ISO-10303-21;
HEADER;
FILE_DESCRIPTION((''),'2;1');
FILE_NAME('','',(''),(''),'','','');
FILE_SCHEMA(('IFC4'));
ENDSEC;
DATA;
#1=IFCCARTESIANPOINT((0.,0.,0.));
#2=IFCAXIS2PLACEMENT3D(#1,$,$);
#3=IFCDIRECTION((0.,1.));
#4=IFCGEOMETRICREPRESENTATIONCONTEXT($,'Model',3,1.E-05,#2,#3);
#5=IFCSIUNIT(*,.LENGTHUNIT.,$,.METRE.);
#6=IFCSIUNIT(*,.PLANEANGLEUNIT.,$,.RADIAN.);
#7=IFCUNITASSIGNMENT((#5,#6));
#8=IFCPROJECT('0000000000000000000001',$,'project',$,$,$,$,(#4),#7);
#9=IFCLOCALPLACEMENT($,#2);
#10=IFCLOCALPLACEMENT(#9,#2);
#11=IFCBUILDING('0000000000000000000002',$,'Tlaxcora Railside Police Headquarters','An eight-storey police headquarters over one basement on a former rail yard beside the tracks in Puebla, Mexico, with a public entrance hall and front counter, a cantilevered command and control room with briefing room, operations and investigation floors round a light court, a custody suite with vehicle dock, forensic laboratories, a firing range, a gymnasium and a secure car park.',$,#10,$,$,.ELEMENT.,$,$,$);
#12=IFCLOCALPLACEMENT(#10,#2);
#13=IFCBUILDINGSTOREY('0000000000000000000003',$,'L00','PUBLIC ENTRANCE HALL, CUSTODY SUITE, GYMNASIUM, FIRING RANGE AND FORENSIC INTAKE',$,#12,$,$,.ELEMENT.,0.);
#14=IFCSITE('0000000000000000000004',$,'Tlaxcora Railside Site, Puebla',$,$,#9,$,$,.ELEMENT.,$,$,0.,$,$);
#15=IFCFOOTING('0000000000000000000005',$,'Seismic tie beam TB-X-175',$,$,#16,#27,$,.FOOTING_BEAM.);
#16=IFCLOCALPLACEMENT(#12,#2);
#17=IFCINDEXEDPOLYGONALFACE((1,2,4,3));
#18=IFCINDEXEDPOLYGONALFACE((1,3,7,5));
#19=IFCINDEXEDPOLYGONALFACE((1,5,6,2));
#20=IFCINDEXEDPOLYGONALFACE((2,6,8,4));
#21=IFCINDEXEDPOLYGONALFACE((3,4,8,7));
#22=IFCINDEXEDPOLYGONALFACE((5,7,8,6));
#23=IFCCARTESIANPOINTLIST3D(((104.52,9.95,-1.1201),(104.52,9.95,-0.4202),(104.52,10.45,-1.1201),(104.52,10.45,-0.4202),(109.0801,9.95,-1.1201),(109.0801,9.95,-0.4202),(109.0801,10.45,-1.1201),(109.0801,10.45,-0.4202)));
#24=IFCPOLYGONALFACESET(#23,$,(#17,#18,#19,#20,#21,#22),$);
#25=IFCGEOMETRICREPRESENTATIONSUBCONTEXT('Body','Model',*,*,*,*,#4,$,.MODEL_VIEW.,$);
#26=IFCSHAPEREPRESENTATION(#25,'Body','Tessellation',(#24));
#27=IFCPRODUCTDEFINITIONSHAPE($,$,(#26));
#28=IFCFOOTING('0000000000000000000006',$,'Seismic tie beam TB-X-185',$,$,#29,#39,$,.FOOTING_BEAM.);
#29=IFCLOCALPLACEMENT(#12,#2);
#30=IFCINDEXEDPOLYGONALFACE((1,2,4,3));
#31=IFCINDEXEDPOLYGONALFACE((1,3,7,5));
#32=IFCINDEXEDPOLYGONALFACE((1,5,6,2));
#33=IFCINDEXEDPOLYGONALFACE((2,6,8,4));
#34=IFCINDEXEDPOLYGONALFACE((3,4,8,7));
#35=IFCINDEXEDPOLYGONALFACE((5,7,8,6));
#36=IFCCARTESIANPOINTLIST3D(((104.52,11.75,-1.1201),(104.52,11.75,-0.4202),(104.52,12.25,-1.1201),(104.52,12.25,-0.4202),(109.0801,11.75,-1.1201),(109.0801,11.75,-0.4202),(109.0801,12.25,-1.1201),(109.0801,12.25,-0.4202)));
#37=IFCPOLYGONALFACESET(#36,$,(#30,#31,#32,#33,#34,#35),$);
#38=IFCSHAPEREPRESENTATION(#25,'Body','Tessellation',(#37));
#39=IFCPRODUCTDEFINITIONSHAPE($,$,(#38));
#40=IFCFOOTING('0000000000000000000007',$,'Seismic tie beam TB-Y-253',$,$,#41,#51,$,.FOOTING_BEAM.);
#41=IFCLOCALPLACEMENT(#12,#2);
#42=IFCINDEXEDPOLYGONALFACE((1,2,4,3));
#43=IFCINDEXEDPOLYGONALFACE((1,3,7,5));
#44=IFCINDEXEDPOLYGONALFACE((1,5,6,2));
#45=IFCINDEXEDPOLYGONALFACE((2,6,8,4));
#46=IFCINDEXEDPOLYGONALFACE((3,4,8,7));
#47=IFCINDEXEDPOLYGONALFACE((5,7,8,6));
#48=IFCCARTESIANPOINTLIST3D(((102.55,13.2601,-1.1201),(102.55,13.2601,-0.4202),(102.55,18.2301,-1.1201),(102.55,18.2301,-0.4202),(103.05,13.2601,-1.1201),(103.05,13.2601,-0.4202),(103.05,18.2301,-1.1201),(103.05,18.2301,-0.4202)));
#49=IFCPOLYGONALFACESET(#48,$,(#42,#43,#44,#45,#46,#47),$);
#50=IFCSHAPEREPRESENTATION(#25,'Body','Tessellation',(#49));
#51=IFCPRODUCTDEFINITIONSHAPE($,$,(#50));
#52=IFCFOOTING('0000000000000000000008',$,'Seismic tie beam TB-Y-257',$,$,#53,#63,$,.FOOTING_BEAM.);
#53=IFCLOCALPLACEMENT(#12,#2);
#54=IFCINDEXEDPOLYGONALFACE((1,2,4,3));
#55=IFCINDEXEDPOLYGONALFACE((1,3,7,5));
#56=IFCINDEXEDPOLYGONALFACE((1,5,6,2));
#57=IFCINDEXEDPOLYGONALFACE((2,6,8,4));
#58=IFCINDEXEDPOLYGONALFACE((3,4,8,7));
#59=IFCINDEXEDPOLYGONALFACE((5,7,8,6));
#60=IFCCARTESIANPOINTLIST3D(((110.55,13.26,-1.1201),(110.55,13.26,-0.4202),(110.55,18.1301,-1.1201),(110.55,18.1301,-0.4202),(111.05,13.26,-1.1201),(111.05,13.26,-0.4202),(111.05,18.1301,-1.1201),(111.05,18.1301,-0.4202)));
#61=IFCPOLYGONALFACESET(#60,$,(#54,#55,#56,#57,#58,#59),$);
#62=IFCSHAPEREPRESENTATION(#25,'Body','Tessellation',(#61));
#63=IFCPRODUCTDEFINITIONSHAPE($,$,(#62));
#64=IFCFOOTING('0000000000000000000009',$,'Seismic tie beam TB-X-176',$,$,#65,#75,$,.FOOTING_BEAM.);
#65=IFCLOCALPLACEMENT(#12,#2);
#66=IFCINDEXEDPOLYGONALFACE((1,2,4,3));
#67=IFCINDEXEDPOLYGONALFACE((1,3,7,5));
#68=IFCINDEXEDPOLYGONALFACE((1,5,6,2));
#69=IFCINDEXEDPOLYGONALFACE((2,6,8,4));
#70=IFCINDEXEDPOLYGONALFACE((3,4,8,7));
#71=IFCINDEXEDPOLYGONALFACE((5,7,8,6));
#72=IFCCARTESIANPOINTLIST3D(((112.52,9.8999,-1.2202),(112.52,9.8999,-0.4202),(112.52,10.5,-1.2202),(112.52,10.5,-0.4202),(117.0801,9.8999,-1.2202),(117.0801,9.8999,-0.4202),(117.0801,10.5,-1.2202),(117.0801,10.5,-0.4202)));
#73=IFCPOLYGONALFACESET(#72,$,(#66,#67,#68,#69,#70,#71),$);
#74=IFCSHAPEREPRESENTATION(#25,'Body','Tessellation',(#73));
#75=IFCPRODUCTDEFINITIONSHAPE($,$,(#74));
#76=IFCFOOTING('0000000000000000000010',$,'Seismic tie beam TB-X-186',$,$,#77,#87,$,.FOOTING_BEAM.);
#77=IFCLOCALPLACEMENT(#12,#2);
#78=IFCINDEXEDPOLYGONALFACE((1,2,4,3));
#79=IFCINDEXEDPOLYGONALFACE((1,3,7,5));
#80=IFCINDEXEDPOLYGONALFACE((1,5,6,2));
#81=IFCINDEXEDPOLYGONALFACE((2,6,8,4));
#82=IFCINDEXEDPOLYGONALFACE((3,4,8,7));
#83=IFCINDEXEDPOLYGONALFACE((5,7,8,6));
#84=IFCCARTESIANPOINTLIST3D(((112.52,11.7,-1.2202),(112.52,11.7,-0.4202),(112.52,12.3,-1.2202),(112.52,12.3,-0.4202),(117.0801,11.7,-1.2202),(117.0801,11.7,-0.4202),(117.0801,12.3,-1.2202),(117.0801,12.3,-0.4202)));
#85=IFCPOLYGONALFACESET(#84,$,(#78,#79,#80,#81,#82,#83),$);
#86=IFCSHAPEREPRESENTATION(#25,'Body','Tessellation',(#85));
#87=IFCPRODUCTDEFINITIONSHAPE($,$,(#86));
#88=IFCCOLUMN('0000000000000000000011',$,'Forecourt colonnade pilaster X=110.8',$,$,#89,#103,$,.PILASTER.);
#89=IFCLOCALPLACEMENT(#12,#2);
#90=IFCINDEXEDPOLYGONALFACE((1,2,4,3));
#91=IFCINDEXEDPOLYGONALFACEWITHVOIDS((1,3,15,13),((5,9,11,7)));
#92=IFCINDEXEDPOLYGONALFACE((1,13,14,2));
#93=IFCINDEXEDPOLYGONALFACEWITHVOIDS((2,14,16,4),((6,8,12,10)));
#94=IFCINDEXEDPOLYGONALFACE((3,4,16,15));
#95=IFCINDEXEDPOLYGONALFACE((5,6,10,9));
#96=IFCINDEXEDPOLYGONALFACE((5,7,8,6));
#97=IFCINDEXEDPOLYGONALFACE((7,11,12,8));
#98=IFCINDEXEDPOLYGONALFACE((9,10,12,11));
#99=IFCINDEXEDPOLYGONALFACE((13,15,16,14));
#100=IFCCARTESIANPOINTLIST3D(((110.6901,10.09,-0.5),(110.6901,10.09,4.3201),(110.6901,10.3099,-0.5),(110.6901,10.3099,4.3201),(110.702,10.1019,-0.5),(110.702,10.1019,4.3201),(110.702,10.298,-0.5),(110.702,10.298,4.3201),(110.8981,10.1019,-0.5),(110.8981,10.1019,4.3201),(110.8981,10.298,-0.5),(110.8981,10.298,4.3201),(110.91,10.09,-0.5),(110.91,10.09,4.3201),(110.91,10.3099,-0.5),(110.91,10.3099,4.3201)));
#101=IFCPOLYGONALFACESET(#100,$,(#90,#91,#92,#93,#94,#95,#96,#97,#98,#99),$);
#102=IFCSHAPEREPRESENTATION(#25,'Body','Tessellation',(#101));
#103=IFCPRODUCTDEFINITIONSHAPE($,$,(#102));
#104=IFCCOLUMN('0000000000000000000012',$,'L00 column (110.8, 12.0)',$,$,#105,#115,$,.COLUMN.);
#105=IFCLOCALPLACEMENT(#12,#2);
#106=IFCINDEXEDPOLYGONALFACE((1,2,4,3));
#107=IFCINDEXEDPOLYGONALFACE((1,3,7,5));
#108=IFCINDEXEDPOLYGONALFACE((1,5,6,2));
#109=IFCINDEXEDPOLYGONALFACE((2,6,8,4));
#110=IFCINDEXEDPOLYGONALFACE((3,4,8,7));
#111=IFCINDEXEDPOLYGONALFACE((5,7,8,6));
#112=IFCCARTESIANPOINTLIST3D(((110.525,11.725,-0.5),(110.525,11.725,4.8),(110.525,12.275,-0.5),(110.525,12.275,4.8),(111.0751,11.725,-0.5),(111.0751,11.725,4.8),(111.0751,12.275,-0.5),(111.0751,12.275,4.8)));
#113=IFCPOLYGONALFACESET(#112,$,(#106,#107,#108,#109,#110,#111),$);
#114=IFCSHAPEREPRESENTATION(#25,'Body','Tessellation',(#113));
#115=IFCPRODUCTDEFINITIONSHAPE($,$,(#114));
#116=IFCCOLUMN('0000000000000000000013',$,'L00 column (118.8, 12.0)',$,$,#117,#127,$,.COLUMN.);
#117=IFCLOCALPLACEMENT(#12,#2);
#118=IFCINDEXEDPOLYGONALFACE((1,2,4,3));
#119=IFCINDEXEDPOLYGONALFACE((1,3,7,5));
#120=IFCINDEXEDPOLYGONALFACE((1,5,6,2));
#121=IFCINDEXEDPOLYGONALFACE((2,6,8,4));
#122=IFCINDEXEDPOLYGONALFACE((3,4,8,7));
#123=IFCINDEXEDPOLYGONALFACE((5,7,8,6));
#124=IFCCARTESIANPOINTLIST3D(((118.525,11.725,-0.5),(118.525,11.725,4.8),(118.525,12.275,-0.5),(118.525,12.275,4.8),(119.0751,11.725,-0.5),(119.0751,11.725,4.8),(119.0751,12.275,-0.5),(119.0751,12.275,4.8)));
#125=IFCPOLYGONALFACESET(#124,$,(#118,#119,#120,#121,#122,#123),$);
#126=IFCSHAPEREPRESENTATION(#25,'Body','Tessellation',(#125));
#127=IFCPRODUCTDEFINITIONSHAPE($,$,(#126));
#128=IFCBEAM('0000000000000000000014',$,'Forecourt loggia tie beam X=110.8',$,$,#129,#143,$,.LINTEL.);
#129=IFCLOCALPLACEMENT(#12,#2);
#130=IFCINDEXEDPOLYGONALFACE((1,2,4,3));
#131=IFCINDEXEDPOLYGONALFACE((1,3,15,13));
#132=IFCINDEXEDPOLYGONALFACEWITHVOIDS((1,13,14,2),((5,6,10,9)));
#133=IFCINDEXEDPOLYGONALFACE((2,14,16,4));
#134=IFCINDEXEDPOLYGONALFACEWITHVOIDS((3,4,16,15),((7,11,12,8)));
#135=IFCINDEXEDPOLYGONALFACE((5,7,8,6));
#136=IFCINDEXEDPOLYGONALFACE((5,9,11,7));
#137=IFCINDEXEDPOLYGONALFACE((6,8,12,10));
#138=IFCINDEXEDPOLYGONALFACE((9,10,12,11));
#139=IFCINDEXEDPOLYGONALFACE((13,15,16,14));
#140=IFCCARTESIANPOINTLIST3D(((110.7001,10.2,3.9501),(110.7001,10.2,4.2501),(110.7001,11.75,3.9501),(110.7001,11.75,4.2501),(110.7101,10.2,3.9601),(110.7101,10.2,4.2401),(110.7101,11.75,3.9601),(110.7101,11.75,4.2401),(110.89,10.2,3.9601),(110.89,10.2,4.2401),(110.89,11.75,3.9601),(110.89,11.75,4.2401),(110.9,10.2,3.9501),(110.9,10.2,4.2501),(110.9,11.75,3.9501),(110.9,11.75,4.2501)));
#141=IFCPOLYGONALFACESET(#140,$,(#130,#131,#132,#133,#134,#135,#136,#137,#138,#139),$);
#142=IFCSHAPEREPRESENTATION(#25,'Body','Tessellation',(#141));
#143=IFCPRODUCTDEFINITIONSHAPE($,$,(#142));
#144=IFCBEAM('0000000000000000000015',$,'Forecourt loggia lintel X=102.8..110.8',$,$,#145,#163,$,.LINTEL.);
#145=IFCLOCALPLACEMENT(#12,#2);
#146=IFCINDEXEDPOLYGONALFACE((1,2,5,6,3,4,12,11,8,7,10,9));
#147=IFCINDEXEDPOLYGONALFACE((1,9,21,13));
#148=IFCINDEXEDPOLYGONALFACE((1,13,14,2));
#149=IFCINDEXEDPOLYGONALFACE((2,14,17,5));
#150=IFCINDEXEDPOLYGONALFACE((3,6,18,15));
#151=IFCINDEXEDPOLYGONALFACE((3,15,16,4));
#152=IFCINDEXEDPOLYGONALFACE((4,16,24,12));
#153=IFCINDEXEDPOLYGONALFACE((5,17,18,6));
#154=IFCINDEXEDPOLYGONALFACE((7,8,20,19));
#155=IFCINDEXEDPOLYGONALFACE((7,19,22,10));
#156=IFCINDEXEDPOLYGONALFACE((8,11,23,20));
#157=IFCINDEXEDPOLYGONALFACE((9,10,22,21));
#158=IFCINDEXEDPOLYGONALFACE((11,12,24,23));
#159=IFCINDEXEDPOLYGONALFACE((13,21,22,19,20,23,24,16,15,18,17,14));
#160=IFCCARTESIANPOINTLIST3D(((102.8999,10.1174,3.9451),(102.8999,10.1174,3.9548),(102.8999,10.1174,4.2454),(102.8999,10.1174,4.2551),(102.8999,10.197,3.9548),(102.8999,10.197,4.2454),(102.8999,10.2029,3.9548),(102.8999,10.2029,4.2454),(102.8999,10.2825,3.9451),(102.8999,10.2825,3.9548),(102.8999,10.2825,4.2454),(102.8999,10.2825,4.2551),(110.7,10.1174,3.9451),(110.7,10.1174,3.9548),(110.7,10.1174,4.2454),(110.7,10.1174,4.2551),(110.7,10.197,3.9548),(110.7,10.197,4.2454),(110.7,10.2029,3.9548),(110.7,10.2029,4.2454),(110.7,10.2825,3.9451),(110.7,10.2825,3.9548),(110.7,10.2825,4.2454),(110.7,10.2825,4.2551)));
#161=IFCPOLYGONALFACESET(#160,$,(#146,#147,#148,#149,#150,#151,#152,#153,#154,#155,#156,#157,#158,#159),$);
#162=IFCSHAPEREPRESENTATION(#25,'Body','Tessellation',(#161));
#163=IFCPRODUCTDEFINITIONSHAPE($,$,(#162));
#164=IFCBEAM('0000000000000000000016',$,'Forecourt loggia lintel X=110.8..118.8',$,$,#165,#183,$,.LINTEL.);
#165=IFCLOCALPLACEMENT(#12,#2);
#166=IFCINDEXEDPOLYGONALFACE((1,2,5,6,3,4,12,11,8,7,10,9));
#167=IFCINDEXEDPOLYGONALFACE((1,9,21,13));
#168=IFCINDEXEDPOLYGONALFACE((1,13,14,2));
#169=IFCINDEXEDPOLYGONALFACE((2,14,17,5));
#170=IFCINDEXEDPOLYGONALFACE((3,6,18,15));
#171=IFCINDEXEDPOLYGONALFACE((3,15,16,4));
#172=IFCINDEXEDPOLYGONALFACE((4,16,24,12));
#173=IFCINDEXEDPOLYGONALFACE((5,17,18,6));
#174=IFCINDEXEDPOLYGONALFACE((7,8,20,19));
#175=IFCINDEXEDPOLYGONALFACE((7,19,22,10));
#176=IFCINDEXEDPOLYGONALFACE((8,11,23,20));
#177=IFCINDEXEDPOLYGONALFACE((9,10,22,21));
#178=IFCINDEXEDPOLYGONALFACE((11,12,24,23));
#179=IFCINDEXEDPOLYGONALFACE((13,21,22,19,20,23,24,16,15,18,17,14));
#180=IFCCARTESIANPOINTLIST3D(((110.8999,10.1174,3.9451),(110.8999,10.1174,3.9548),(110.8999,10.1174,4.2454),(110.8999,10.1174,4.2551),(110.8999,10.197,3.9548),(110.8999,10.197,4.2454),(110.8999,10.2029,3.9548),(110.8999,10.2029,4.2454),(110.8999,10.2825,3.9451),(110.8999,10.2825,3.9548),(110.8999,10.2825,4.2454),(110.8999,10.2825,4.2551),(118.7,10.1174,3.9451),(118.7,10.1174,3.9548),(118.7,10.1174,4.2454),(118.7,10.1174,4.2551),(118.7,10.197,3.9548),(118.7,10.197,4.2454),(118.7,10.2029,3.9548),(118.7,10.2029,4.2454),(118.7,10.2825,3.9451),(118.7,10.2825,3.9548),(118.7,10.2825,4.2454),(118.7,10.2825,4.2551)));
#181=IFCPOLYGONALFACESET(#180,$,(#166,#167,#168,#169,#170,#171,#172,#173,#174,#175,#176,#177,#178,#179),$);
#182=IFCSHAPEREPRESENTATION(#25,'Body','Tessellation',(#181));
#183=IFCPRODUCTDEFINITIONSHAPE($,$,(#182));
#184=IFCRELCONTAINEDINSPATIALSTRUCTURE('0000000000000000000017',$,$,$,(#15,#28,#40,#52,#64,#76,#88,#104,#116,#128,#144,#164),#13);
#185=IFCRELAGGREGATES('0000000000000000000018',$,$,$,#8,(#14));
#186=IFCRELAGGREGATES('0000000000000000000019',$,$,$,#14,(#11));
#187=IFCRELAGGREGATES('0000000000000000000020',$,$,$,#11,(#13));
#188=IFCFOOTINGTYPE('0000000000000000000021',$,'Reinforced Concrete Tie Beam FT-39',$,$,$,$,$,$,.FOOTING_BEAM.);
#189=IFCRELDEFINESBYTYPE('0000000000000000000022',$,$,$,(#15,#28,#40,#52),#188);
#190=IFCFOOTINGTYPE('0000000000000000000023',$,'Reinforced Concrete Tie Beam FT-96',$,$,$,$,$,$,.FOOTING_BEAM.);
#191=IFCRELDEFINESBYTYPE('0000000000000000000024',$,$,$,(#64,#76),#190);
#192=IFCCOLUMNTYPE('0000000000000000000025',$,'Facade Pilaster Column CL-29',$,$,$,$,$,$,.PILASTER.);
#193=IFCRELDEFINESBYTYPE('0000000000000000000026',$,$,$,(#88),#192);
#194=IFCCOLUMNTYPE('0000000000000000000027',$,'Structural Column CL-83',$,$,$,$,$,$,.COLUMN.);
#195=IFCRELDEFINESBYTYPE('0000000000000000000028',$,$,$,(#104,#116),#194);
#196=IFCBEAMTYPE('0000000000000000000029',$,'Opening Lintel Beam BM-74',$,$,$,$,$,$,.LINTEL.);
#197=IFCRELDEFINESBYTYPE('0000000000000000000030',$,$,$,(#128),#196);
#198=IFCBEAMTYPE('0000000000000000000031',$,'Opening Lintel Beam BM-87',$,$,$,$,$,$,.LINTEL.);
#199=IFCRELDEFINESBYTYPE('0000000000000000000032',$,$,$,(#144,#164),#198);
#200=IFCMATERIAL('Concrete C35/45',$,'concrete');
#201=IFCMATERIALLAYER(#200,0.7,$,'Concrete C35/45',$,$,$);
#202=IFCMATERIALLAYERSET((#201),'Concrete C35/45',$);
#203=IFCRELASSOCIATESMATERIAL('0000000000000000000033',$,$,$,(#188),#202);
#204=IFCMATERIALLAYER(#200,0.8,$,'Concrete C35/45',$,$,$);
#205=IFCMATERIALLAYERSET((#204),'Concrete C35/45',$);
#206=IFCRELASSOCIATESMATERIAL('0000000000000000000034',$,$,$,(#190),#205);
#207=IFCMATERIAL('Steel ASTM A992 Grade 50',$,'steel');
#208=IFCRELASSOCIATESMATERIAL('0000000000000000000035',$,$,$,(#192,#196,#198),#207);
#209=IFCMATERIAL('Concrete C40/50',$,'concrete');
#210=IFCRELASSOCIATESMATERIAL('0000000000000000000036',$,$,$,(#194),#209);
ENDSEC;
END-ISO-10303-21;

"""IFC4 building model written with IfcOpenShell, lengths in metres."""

from ifc_helpers import new_model, si_unit, direction, frame, origin, origin_2d, place, context, subcontext, project, spatial, rectangle, hollow_rectangle, i_section, extrude, material, layer, layer_set, material_profile, profile_set, type_object, element, save


model = new_model("IFC4")

# Units and contexts
model_context = context("Model", 3, precision=1e-05, world=origin(), true_north=direction((0.0, 1.0)))
body_context = subcontext(model_context, "Body", "Model", "MODEL_VIEW")
ifc_project = project(units=[si_unit("LENGTHUNIT", "METRE"), si_unit("PLANEANGLEUNIT", "RADIAN")], contexts=[model_context])

# Site, building, storey
site_placement = place(None, origin())
site = spatial("IfcSite", under=ifc_project, at=site_placement, Name="Tlaxcora Railside Site, Puebla", CompositionType="ELEMENT", RefElevation=0.0)
building_placement = place(site_placement, origin())
building = spatial("IfcBuilding", under=site, at=building_placement, Name="Tlaxcora Railside Police Headquarters", Description="An eight-storey police headquarters over one basement on a former rail yard beside the tracks in Puebla, Mexico, with a public entrance hall and front counter, a cantilevered command and control room with briefing room, operations and investigation floors round a light court, a custody suite with vehicle dock, forensic laboratories, a firing range, a gymnasium and a secure car park.", CompositionType="ELEMENT")
storey_placement = place(building_placement, origin())
storey = spatial("IfcBuildingStorey", under=building, at=storey_placement, Name="L00", Description="PUBLIC ENTRANCE HALL, CUSTODY SUITE, GYMNASIUM, FIRING RANGE AND FORENSIC INTAKE", CompositionType="ELEMENT", Elevation=0.0)

# Shared definitions
ifc_material_1 = material(Name="Concrete C35/45", Category="concrete")

# Footings
ifc_material_2 = material(Name="Concrete C40/50", Category="concrete")
ifc_layer_1 = layer(ifc_material_1, 0.7, Name="Concrete C35/45")
ifc_layer_set_1 = layer_set([ifc_layer_1], Name="Concrete C35/45")
footing_type_1 = type_object("IfcFootingType", Name="Reinforced Concrete Tie Beam FT-39", PredefinedType="FOOTING_BEAM", material=ifc_layer_set_1)
for number, where, z_axis, x_axis, name in (
    (1, (106.8, 10.2, -1.1201), (0.0, 0.0, 1.0), (1.0, 0.0, 0.0), "Seismic tie beam TB-X-175"),
    (2, (106.8, 12.0, -1.1201), (0.0, 0.0, 1.0), (1.0, 0.0, 0.0), "Seismic tie beam TB-X-185"),
):
    element("IfcFooting", number, at=place(storey_placement, frame(where, z_axis=z_axis, x_axis=x_axis)), inside=storey, type_object=footing_type_1, Name=name, PredefinedType="FOOTING_BEAM", context=body_context, shape_type="SweptSolid", body=[
        extrude(rectangle(XDim=4.5601, YDim=0.5, at=origin_2d()), origin(), (0.0, 0.0, 1.0), 0.7),
    ])
footing_1_placement = place(storey_placement, frame((102.8, 15.7451, -1.1201), z_axis=(0.0, 0.0, 1.0), x_axis=(0.0, 1.0, 0.0)))
element("IfcFooting", 3, at=footing_1_placement, inside=storey, type_object=footing_type_1, Name="Seismic tie beam TB-Y-253", PredefinedType="FOOTING_BEAM", context=body_context, shape_type="SweptSolid", body=[
    extrude(rectangle(XDim=4.97, YDim=0.5, at=origin_2d()), origin(), (0.0, 0.0, 1.0), 0.7),
])
footing_2_placement = place(storey_placement, frame((110.8, 15.6951, -1.1201), z_axis=(0.0, 0.0, 1.0), x_axis=(0.0, 1.0, 0.0)))
element("IfcFooting", 4, at=footing_2_placement, inside=storey, type_object=footing_type_1, Name="Seismic tie beam TB-Y-257", PredefinedType="FOOTING_BEAM", context=body_context, shape_type="SweptSolid", body=[
    extrude(rectangle(XDim=4.8701, YDim=0.5, at=origin_2d()), origin(), (0.0, 0.0, 1.0), 0.7),
])
ifc_layer_2 = layer(ifc_material_1, 0.8, Name="Concrete C35/45")
ifc_layer_set_2 = layer_set([ifc_layer_2], Name="Concrete C35/45")
footing_type_2 = type_object("IfcFootingType", Name="Reinforced Concrete Tie Beam FT-96", PredefinedType="FOOTING_BEAM", material=ifc_layer_set_2)
for number, where, z_axis, x_axis, name in (
    (5, (114.8, 10.2, -1.2202), (0.0, 0.0, 1.0), (1.0, 0.0, 0.0), "Seismic tie beam TB-X-176"),
    (6, (114.8, 12.0, -1.2202), (0.0, 0.0, 1.0), (1.0, 0.0, 0.0), "Seismic tie beam TB-X-186"),
):
    element("IfcFooting", number, at=place(storey_placement, frame(where, z_axis=z_axis, x_axis=x_axis)), inside=storey, type_object=footing_type_2, Name=name, PredefinedType="FOOTING_BEAM", context=body_context, shape_type="SweptSolid", body=[
        extrude(rectangle(XDim=4.5601, YDim=0.6001, at=origin_2d()), origin(), (0.0, 0.0, 1.0), 0.8),
    ])

# Columns
ifc_material_3 = material(Name="Steel ASTM A992 Grade 50", Category="steel")
ifc_material_profile_1 = material_profile(ifc_material_3, hollow_rectangle(XDim=0.22, YDim=0.22, WallThickness=0.012, at=origin_2d()), Name="HSS220X220X12")
ifc_profile_set_1 = profile_set([ifc_material_profile_1], Name="Steel ASTM A992 Grade 50")
column_type_1 = type_object("IfcColumnType", Name="Facade Pilaster Column CL-29", PredefinedType="PILASTER", material=ifc_profile_set_1)
column_placement = place(storey_placement, frame((110.8, 10.2, -0.5), z_axis=(0.0, 0.0, 1.0), x_axis=(1.0, 0.0, 0.0)))
element("IfcColumn", 7, at=column_placement, inside=storey, type_object=column_type_1, Name="Forecourt colonnade pilaster X=110.8", PredefinedType="PILASTER", context=body_context, shape_type="SweptSolid", body=[
    extrude(hollow_rectangle(XDim=0.22, YDim=0.22, WallThickness=0.012, at=origin_2d()), origin(), (0.0, 0.0, 1.0), 4.8201),
])
ifc_material_profile_2 = material_profile(ifc_material_2, rectangle(XDim=0.55, YDim=0.55, at=origin_2d()), Name="RC550X550")
ifc_profile_set_2 = profile_set([ifc_material_profile_2], Name="Concrete C40/50")
column_type_2 = type_object("IfcColumnType", Name="Structural Column CL-83", PredefinedType="COLUMN", material=ifc_profile_set_2)
for number, where, z_axis, x_axis, name in (
    (8, (110.8, 12.0, -0.5), (0.0, 0.0, 1.0), (1.0, 0.0, 0.0), "L00 column (110.8, 12.0)"),
    (9, (118.8, 12.0, -0.5), (0.0, 0.0, 1.0), (1.0, 0.0, 0.0), "L00 column (118.8, 12.0)"),
):
    element("IfcColumn", number, at=place(storey_placement, frame(where, z_axis=z_axis, x_axis=x_axis)), inside=storey, type_object=column_type_2, Name=name, PredefinedType="COLUMN", context=body_context, shape_type="SweptSolid", body=[
        extrude(rectangle(XDim=0.55, YDim=0.55, at=origin_2d()), origin(), (0.0, 0.0, 1.0), 5.3),
    ])

# Beams
ifc_material_profile_3 = material_profile(ifc_material_3, hollow_rectangle(XDim=0.2, YDim=0.3, WallThickness=0.01, at=origin_2d()), Name="HSS300X200X10")
ifc_profile_set_3 = profile_set([ifc_material_profile_3], Name="Steel ASTM A992 Grade 50")
beam_type_1 = type_object("IfcBeamType", Name="Opening Lintel Beam BM-74", PredefinedType="LINTEL", material=ifc_profile_set_3)
beam_1_placement = place(storey_placement, frame((110.8, 10.2, 4.1001), z_axis=(0.0, 1.0, 0.0), x_axis=(-1.0, 0.0, 0.0)))
element("IfcBeam", 10, at=beam_1_placement, inside=storey, type_object=beam_type_1, Name="Forecourt loggia tie beam X=110.8", PredefinedType="LINTEL", context=body_context, shape_type="SweptSolid", body=[
    extrude(hollow_rectangle(XDim=0.2, YDim=0.3, WallThickness=0.01, at=origin_2d()), origin(), (0.0, 0.0, 1.0), 1.55),
])
ifc_material_profile_4 = material_profile(ifc_material_3, i_section(OverallWidth=0.165, OverallDepth=0.3101, WebThickness=0.0059, FlangeThickness=0.0098, at=origin_2d()), Name="W12X26")
ifc_profile_set_4 = profile_set([ifc_material_profile_4], Name="Steel ASTM A992 Grade 50")
beam_type_2 = type_object("IfcBeamType", Name="Opening Lintel Beam BM-87", PredefinedType="LINTEL", material=ifc_profile_set_4)
for number, where, z_axis, x_axis, name in (
    (11, (102.8999, 10.2, 4.1001), (1.0, 0.0, 0.0), (0.0, 1.0, 0.0), "Forecourt loggia lintel X=102.8..110.8"),
    (12, (110.8999, 10.2, 4.1001), (1.0, 0.0, 0.0), (0.0, 1.0, 0.0), "Forecourt loggia lintel X=110.8..118.8"),
):
    element("IfcBeam", number, at=place(storey_placement, frame(where, z_axis=z_axis, x_axis=x_axis)), inside=storey, type_object=beam_type_2, Name=name, PredefinedType="LINTEL", context=body_context, shape_type="SweptSolid", body=[
        extrude(i_section(OverallWidth=0.165, OverallDepth=0.3101, WebThickness=0.0059, FlangeThickness=0.0098, at=origin_2d()), origin(), (0.0, 0.0, 1.0), 7.8),
    ])

save(model, "model.ifc")
